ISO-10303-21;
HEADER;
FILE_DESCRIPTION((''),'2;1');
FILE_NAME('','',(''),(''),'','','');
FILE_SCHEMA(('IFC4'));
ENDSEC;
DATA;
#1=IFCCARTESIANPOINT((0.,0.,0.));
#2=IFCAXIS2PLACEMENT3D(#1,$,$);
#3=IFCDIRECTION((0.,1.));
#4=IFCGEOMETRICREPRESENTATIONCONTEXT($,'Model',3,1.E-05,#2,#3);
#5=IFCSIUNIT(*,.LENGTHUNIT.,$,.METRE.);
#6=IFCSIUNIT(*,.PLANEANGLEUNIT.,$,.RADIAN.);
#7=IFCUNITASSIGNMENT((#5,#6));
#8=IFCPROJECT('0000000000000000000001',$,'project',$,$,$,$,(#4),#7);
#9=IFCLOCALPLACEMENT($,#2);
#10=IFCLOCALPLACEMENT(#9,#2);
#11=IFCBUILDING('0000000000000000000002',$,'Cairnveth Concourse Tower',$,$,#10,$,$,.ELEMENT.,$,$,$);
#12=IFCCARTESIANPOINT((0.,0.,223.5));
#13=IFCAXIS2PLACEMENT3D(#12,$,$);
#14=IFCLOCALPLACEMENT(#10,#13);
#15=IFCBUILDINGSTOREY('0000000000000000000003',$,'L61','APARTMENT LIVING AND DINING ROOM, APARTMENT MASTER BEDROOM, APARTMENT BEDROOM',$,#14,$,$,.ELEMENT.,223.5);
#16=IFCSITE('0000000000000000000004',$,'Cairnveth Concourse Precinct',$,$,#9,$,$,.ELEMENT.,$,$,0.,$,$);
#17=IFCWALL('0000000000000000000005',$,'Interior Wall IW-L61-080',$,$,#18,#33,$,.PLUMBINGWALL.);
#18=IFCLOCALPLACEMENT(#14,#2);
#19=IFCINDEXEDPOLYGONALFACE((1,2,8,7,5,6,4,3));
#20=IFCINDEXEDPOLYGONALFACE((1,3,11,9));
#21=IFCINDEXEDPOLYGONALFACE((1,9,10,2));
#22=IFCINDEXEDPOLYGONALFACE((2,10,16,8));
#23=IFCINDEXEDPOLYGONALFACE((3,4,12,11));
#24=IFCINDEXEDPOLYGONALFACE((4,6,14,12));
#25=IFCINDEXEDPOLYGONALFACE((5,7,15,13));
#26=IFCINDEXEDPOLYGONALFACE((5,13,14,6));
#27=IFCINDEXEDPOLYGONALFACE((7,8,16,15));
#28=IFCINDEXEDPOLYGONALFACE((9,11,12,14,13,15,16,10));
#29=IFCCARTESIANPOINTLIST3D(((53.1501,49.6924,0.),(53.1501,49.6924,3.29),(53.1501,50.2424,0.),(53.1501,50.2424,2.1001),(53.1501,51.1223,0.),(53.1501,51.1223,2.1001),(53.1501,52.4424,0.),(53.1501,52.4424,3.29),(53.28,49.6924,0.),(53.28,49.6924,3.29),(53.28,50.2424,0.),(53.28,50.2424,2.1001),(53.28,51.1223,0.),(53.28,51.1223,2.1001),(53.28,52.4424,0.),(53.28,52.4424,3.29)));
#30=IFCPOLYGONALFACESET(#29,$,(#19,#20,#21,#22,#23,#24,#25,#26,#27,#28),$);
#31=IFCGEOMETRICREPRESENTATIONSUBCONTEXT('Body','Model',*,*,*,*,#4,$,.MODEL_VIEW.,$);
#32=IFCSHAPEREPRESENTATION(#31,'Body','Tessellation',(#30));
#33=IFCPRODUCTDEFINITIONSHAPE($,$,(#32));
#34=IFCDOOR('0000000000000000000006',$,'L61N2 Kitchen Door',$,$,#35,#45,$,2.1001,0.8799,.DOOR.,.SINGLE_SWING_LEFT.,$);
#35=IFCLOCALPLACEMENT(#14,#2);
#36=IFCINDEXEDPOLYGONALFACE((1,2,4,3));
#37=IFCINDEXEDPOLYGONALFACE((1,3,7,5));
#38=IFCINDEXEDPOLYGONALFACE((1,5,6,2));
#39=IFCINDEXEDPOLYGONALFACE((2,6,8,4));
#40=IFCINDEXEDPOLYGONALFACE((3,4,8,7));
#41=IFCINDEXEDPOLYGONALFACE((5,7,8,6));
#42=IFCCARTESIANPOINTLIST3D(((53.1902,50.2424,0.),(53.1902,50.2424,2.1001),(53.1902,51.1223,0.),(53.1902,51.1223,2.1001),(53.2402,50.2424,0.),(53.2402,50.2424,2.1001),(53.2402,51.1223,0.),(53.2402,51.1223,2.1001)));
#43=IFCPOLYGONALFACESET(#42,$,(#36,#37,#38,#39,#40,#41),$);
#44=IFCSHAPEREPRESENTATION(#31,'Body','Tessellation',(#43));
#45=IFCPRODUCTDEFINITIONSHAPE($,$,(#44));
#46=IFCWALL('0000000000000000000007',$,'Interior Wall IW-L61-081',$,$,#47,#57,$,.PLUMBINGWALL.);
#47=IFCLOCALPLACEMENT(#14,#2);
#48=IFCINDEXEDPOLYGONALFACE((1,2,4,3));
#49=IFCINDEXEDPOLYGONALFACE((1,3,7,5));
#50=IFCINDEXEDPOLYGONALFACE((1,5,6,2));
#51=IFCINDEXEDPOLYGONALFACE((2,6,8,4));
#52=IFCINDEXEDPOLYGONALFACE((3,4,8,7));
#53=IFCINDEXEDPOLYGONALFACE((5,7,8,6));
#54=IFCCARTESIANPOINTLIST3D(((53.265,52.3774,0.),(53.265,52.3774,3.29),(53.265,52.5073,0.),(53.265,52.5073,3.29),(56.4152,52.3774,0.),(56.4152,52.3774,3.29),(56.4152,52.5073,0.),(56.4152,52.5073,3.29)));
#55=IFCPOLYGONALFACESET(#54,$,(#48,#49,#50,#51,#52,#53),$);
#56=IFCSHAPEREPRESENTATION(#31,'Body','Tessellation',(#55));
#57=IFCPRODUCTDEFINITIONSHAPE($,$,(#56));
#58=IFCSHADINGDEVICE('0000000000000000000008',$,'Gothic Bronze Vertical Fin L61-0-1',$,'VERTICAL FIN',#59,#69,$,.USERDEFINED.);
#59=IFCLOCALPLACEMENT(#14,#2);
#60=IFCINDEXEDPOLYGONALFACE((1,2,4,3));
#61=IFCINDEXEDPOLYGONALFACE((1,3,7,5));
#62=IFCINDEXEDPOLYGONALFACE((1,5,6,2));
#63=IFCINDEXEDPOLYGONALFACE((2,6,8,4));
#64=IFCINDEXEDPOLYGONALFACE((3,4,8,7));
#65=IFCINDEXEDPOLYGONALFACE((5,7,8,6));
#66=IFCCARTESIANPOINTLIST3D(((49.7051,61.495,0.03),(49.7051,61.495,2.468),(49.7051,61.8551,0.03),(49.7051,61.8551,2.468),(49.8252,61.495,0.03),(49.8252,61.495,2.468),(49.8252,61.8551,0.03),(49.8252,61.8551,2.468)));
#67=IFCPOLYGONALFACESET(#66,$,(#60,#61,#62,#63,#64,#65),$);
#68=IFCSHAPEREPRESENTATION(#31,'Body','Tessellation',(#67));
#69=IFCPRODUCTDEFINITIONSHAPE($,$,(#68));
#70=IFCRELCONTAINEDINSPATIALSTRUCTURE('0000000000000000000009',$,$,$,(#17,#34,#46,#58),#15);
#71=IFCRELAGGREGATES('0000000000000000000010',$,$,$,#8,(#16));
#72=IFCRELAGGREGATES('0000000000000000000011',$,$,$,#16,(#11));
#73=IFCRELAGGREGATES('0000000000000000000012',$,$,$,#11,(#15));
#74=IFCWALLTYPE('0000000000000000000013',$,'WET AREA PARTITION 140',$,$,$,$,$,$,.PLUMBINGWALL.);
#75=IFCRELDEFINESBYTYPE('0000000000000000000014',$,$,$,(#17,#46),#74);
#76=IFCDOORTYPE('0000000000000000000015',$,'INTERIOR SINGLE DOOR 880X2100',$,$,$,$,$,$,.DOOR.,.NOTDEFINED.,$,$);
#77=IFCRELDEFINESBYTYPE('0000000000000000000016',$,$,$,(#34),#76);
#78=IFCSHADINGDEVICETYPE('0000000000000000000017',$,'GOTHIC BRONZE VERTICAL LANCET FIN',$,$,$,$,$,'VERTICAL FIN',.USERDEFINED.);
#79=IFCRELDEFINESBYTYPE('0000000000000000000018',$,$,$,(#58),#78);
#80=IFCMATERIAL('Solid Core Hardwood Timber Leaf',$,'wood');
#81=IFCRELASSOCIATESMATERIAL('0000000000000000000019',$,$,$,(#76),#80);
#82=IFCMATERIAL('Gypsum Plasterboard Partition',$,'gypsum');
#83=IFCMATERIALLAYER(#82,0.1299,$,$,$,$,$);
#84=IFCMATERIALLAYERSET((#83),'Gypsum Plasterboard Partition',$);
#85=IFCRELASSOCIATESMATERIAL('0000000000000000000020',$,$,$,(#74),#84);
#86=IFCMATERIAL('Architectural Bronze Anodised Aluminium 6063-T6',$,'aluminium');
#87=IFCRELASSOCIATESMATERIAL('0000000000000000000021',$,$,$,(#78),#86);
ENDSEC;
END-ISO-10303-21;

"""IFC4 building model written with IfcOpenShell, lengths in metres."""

from ifc_helpers import new_model, si_unit, direction, frame, frame_2d, origin, origin_2d, place, context, subcontext, project, spatial, rectangle, extrude, material, layer, layer_set, type_object, element, fill, save


model = new_model("IFC4")

# Units and contexts
model_context = context("Model", 3, precision=1e-05, world=origin(), true_north=direction((0.0, 1.0)))
body_context = subcontext(model_context, "Body", "Model", "MODEL_VIEW")
ifc_project = project(units=[si_unit("LENGTHUNIT", "METRE"), si_unit("PLANEANGLEUNIT", "RADIAN")], contexts=[model_context])

# Site, building, storey
site_placement = place(None, origin())
site = spatial("IfcSite", under=ifc_project, at=site_placement, Name="Cairnveth Concourse Precinct", CompositionType="ELEMENT", RefElevation=0.0)
building_placement = place(site_placement, origin())
building = spatial("IfcBuilding", under=site, at=building_placement, Name="Cairnveth Concourse Tower", CompositionType="ELEMENT")
storey_placement = place(building_placement, frame((0.0, 0.0, 223.5)))
storey = spatial("IfcBuildingStorey", under=building, at=storey_placement, Name="L61", Description="APARTMENT LIVING AND DINING ROOM, APARTMENT MASTER BEDROOM, APARTMENT BEDROOM", CompositionType="ELEMENT", Elevation=223.5)

# Shared definitions
ifc_material_1 = material(Name="Gypsum Plasterboard Partition", Category="gypsum")

# Shared definitions
ifc_material_2 = material(Name="Solid Core Hardwood Timber Leaf", Category="wood")
door_type_1 = type_object("IfcDoorType", Name="INTERIOR SINGLE DOOR 880X2100", OperationType="NOTDEFINED", PredefinedType="DOOR", material=ifc_material_2)

# Shared definitions
ifc_layer_1 = layer(ifc_material_1, 0.1299)
ifc_layer_set_1 = layer_set([ifc_layer_1], Name="Gypsum Plasterboard Partition")
wall_type_1 = type_object("IfcWallType", Name="WET AREA PARTITION 140", PredefinedType="PLUMBINGWALL", material=ifc_layer_set_1)

# Wall, opening, door
wall_1_placement = place(storey_placement, frame((53.2151, 49.6924, 0.0), z_axis=(0.0, 0.0, 1.0), x_axis=(0.0, 1.0, 0.0)))
wall_1 = element("IfcWall", 1, at=wall_1_placement, inside=storey, type_object=wall_type_1, Name="Interior Wall IW-L61-080", PredefinedType="PLUMBINGWALL", context=body_context, shape_type="SweptSolid", body=[
    extrude(rectangle(XDim=2.75, YDim=0.1299, at=frame_2d((1.375, 0.0))), origin(), (0.0, 0.0, 1.0), 3.29),
])
opening_1_placement = place(wall_1_placement, frame((0.55, 0.0, 0.0)))
opening_1 = element("IfcOpeningElement", 2, at=opening_1_placement, cuts=wall_1, PredefinedType="OPENING", context=body_context, shape_type="SweptSolid", body=[
    extrude(rectangle(XDim=0.8799, YDim=2.1001, at=frame_2d((0.4399, 1.05))), frame((0.0, 0.075, 0.0), z_axis=(0.0, -1.0, 0.0), x_axis=(1.0, 0.0, 0.0)), (0.0, 0.0, 1.0), 0.1499),
])
door_1_placement = place(opening_1_placement, origin())
door_1 = element("IfcDoor", 3, at=door_1_placement, inside=storey, type_object=door_type_1, Name="L61N2 Kitchen Door", OperationType="SINGLE_SWING_LEFT", OverallHeight=2.1001, OverallWidth=0.8799, PredefinedType="DOOR", context=body_context, shape_type="SweptSolid", body=[
    extrude(rectangle(XDim=0.8799, YDim=2.1001, at=frame_2d((0.4399, 1.05))), frame((0.0, 0.0249, 0.0), z_axis=(0.0, -1.0, 0.0), x_axis=(1.0, 0.0, 0.0)), (0.0, 0.0, 1.0), 0.05),
])
fill(opening_1, door_1)

# Wall
wall_2_placement = place(storey_placement, frame((53.2649, 52.4424, 0.0), z_axis=(0.0, 0.0, 1.0), x_axis=(1.0, 0.0, 0.0)))
element("IfcWall", 4, at=wall_2_placement, inside=storey, type_object=wall_type_1, Name="Interior Wall IW-L61-081", PredefinedType="PLUMBINGWALL", context=body_context, shape_type="SweptSolid", body=[
    extrude(rectangle(XDim=3.1501, YDim=0.1299, at=frame_2d((1.5752, 0.0))), origin(), (0.0, 0.0, 1.0), 3.29),
])

# Shading device
ifc_material_3 = material(Name="Architectural Bronze Anodised Aluminium 6063-T6", Category="aluminium")
shading_device_type = type_object("IfcShadingDeviceType", Name="GOTHIC BRONZE VERTICAL LANCET FIN", ElementType="VERTICAL FIN", PredefinedType="USERDEFINED", material=ifc_material_3)
shading_device_placement = place(storey_placement, frame((49.7651, 61.675, 0.03), z_axis=(0.0, 0.0, 1.0), x_axis=(1.0, 0.0, 0.0)))
element("IfcShadingDevice", 5, at=shading_device_placement, inside=storey, type_object=shading_device_type, Name="Gothic Bronze Vertical Fin L61-0-1", ObjectType="VERTICAL FIN", PredefinedType="USERDEFINED", context=body_context, shape_type="SweptSolid", body=[
    extrude(rectangle(XDim=0.1201, YDim=0.3601, at=origin_2d()), origin(), (0.0, 0.0, 1.0), 2.438),
])

save(model, "model.ifc")
